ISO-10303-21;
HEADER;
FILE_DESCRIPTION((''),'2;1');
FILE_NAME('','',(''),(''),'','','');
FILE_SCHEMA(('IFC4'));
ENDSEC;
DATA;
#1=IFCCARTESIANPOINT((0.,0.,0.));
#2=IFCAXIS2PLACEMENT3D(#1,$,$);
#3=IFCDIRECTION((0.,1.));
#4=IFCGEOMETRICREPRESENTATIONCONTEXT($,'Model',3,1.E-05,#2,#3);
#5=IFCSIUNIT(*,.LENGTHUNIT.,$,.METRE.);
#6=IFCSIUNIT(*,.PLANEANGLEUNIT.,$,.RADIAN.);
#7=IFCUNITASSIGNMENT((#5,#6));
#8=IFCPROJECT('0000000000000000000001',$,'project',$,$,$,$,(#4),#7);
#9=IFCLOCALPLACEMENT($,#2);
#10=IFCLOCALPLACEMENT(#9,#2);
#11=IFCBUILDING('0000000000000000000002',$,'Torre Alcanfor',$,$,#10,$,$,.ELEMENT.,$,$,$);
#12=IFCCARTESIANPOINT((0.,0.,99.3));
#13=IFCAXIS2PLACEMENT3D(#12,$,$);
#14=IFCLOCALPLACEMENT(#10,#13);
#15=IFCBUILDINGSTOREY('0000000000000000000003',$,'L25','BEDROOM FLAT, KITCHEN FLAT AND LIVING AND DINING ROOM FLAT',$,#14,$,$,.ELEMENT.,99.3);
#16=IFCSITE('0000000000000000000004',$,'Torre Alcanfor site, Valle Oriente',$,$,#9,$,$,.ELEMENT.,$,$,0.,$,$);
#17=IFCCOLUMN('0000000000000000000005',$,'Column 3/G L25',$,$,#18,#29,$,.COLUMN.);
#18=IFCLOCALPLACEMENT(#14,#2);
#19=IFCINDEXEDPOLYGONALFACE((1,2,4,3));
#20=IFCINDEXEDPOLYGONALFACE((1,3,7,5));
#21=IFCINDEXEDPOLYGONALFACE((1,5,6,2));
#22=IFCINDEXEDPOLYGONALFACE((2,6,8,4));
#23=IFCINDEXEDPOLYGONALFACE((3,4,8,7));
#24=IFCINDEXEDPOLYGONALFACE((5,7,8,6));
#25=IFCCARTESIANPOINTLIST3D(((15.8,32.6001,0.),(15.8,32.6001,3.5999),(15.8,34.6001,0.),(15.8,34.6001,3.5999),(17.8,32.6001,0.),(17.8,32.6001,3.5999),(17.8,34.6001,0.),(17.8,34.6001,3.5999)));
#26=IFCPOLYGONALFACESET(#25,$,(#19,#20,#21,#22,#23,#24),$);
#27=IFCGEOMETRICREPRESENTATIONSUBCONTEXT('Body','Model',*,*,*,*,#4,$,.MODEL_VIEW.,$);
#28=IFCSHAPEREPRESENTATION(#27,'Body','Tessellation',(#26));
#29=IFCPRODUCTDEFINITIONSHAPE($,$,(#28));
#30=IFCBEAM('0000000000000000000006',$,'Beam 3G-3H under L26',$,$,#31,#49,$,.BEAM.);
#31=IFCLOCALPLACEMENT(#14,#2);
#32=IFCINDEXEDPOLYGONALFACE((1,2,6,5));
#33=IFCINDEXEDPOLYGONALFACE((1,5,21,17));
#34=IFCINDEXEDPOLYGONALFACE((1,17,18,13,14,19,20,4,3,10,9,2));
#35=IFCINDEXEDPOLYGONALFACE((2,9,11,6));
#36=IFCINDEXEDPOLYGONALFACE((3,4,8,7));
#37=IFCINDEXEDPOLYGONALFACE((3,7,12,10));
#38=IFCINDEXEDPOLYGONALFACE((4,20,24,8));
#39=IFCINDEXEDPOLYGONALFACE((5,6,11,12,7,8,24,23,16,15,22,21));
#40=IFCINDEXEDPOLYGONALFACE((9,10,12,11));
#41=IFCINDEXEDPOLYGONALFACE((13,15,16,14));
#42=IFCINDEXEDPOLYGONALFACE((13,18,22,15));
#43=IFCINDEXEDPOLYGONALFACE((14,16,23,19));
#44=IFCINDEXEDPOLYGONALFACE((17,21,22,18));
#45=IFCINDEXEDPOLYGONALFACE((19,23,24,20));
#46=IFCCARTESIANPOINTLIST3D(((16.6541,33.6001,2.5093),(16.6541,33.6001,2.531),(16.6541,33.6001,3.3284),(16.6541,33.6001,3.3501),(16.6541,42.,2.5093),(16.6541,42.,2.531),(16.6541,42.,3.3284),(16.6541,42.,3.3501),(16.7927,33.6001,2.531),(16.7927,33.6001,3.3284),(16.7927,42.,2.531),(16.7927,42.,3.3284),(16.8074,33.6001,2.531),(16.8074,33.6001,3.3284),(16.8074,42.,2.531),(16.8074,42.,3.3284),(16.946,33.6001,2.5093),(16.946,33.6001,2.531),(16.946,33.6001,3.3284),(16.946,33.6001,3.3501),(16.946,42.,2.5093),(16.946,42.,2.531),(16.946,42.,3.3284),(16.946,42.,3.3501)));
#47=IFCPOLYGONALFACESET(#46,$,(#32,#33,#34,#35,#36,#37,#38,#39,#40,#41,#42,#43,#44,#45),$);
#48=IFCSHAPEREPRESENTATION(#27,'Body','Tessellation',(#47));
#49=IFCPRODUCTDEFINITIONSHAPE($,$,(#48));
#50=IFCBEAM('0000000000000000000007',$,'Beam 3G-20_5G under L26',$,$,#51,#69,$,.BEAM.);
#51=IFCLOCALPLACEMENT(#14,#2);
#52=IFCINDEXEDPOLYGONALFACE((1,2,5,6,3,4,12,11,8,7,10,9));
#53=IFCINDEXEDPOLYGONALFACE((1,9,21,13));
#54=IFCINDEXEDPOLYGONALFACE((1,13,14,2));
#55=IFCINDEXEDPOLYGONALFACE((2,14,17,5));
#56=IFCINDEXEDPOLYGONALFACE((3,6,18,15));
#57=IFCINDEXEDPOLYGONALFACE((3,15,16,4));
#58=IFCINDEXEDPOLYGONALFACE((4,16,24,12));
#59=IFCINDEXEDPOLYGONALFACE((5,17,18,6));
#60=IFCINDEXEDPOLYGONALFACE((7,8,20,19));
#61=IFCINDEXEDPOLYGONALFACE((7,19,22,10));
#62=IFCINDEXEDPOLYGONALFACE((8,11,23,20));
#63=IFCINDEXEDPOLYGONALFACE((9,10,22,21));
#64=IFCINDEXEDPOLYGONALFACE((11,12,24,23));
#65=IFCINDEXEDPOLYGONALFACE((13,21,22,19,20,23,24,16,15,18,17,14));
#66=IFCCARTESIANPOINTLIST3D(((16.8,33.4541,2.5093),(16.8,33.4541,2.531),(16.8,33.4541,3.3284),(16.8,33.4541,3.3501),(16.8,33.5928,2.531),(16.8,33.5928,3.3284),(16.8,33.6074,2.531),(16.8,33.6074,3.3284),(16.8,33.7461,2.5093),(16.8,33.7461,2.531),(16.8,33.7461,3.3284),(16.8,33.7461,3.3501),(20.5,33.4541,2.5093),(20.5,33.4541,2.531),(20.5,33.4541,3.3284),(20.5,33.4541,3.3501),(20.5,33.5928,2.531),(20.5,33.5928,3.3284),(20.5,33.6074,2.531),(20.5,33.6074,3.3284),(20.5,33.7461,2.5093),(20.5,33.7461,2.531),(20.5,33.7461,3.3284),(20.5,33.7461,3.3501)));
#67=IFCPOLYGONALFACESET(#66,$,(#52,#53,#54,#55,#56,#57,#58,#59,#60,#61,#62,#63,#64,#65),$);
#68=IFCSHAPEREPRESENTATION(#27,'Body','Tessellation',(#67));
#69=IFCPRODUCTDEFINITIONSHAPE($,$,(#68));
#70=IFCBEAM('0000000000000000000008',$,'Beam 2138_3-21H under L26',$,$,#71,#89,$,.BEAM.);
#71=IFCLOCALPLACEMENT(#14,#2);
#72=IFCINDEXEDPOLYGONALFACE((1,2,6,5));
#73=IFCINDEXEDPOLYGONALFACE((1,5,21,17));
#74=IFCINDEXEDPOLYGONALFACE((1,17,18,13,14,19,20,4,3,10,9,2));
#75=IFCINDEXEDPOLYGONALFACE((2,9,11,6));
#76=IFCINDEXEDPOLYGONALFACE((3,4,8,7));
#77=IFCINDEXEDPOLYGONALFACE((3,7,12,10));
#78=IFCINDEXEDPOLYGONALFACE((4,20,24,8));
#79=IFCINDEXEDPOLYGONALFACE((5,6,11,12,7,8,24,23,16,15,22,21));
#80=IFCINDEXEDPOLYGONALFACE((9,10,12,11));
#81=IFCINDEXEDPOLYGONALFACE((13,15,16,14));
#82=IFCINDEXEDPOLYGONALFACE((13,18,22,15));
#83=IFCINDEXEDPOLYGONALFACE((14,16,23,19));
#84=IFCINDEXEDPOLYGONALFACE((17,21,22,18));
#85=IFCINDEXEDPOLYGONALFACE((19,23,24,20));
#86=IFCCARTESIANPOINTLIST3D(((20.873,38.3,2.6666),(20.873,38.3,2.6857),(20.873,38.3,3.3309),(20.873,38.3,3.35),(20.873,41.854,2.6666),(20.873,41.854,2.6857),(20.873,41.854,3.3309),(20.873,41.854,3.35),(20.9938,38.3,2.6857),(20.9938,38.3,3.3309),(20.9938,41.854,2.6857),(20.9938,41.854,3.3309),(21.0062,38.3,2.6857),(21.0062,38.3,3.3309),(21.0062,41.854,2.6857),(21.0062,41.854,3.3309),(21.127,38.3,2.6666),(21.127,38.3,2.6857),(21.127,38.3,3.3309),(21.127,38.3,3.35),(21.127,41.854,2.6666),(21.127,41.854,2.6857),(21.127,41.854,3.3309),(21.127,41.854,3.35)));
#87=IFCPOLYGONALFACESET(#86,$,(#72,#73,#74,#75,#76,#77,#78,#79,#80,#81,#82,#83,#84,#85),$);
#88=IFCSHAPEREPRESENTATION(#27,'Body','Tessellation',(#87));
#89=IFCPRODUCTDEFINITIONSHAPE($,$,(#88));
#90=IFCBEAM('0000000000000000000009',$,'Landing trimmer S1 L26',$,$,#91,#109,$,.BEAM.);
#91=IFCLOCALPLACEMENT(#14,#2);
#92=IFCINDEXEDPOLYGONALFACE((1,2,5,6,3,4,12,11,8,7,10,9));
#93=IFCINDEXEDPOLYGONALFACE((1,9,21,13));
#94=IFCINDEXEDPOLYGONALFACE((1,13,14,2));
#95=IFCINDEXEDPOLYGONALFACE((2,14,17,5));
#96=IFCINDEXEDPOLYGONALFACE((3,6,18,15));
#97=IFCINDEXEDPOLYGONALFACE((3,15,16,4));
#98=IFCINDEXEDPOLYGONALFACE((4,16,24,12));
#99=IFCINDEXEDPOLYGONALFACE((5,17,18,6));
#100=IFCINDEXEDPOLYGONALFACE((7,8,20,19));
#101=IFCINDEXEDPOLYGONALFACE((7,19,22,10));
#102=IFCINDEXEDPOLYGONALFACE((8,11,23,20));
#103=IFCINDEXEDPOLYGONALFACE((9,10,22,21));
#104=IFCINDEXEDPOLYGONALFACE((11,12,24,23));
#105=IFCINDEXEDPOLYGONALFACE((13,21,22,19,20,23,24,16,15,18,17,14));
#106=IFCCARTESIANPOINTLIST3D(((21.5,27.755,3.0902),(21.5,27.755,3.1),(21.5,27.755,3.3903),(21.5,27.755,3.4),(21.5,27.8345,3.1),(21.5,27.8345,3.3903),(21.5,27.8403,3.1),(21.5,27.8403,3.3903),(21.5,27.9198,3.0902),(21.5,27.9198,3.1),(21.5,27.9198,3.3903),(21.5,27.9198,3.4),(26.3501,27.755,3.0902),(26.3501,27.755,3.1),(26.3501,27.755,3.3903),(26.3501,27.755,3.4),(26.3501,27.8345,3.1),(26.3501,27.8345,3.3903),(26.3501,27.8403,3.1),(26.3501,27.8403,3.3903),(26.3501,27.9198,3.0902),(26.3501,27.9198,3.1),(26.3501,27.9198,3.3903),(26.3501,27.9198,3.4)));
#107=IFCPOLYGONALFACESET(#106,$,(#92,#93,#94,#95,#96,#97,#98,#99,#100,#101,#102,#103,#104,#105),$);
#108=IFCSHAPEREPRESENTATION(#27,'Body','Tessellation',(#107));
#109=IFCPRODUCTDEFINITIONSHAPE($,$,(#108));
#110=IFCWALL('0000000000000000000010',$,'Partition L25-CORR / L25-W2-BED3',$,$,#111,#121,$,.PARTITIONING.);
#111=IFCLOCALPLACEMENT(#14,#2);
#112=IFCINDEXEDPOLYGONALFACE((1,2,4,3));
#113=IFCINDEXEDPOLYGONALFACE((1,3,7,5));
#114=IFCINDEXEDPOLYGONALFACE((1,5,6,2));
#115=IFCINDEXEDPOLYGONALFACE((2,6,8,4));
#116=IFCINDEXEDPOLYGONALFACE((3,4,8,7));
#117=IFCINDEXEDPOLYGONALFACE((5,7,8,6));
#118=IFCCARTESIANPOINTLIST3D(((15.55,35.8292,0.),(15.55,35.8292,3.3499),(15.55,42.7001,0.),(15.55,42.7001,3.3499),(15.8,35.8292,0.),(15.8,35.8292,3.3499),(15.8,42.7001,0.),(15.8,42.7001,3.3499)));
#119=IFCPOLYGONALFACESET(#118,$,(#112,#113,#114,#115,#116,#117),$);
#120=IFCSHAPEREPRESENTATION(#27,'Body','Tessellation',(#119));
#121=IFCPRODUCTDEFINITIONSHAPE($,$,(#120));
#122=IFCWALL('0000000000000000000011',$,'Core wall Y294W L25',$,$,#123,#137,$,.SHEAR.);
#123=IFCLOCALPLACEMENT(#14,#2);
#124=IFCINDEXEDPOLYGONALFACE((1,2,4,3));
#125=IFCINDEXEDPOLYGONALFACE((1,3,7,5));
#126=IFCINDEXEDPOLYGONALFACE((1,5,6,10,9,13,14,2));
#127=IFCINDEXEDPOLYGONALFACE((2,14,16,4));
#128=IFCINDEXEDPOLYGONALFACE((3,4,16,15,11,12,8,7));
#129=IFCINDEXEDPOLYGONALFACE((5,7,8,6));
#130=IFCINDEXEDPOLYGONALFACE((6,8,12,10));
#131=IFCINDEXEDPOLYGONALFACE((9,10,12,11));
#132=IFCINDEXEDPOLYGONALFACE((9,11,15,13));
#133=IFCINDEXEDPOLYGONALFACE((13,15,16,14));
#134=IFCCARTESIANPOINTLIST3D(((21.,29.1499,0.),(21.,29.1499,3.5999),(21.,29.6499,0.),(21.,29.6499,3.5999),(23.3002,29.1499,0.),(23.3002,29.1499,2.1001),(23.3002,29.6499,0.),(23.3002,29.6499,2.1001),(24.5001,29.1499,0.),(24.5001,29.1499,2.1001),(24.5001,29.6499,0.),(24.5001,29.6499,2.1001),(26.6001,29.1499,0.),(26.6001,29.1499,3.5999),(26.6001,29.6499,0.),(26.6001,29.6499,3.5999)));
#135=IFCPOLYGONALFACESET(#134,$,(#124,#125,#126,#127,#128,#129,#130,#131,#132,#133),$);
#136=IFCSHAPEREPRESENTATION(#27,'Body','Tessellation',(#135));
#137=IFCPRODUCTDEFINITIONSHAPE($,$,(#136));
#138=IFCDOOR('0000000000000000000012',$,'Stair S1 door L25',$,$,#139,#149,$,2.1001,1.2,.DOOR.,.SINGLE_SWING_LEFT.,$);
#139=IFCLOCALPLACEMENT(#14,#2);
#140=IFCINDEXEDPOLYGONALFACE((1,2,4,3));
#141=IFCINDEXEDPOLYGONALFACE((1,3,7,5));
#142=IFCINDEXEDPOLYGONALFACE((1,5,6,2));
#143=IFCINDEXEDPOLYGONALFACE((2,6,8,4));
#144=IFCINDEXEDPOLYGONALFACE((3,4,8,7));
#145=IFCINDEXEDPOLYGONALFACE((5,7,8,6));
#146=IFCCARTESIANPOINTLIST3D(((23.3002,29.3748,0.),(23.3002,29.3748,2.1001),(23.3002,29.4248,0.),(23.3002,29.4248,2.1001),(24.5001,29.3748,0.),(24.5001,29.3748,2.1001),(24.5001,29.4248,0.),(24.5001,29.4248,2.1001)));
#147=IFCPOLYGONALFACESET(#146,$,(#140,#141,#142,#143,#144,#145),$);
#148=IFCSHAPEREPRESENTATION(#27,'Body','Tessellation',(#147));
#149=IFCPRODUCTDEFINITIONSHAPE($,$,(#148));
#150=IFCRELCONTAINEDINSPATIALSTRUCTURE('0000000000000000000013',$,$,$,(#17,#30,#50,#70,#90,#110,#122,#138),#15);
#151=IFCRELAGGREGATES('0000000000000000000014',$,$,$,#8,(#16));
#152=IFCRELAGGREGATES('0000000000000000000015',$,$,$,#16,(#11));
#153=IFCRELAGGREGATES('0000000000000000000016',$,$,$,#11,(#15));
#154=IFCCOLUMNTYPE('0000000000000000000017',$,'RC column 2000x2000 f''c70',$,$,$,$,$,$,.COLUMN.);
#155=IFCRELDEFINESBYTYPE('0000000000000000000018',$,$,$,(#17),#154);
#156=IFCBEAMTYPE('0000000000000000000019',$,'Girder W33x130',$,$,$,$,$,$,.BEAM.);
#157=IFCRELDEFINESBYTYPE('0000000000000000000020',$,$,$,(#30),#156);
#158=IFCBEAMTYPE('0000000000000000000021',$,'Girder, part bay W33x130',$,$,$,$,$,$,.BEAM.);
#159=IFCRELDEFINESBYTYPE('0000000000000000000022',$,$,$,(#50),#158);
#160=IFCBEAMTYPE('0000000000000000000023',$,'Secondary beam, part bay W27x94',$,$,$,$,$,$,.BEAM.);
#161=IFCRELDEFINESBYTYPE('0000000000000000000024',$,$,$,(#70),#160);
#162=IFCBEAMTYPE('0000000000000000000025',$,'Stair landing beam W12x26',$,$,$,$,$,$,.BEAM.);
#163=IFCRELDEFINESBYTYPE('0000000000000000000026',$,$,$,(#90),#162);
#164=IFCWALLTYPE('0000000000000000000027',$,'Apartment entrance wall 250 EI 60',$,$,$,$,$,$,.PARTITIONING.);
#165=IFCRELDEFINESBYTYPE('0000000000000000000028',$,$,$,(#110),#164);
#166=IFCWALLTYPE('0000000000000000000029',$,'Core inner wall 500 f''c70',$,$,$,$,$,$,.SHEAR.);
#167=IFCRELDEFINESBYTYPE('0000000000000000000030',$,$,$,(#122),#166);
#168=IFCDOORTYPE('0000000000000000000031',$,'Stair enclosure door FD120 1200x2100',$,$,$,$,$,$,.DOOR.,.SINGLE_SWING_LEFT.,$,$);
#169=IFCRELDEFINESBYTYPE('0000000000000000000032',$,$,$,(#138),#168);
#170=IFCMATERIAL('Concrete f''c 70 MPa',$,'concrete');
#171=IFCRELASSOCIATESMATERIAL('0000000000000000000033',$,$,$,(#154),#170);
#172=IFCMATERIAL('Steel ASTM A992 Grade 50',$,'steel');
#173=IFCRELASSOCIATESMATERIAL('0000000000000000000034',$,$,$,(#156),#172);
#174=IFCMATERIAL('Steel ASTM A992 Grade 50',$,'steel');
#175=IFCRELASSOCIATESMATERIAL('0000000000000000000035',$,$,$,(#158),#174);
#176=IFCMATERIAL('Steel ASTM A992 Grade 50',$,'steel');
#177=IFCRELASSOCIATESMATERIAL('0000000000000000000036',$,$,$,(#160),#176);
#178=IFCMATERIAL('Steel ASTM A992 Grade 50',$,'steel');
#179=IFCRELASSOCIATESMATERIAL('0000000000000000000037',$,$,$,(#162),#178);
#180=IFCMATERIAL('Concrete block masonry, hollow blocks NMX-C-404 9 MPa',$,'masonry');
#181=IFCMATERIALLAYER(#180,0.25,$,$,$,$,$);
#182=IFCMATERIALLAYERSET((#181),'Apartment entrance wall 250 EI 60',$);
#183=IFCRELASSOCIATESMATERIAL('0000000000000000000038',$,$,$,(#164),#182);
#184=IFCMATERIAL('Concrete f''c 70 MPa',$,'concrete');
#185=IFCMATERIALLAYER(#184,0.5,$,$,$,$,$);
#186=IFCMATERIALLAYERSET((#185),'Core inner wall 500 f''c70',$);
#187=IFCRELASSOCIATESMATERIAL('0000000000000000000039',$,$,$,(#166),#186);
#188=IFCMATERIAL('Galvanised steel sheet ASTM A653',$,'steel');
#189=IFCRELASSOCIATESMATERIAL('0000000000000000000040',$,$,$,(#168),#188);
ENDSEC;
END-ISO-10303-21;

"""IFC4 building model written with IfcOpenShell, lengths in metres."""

from ifc_helpers import new_model, si_unit, direction, frame, frame_2d, origin, origin_2d, place, context, subcontext, project, spatial, rectangle, i_section, extrude, material, layer, layer_set, material_profile, profile_set, type_object, element, fill, save


model = new_model("IFC4")

# Units and contexts
model_context = context("Model", 3, precision=1e-05, world=origin(), true_north=direction((0.0, 1.0)))
body_context = subcontext(model_context, "Body", "Model", "MODEL_VIEW")
ifc_project = project(units=[si_unit("LENGTHUNIT", "METRE"), si_unit("PLANEANGLEUNIT", "RADIAN")], contexts=[model_context])

# Site, building, storey
site_placement = place(None, origin())
site = spatial("IfcSite", under=ifc_project, at=site_placement, Name="Torre Alcanfor site, Valle Oriente", CompositionType="ELEMENT", RefElevation=0.0)
building_placement = place(site_placement, origin())
building = spatial("IfcBuilding", under=site, at=building_placement, Name="Torre Alcanfor", CompositionType="ELEMENT")
storey_placement = place(building_placement, frame((0.0, 0.0, 99.3)))
storey = spatial("IfcBuildingStorey", under=building, at=storey_placement, Name="L25", Description="BEDROOM FLAT, KITCHEN FLAT AND LIVING AND DINING ROOM FLAT", CompositionType="ELEMENT", Elevation=99.3)

# Column
ifc_material_1 = material(Name="Concrete f'c 70 MPa", Category="concrete")
ifc_material_profile_1 = material_profile(ifc_material_1, rectangle(XDim=2.0, YDim=2.0, at=origin_2d()), Name="2000x2000")
ifc_profile_set_1 = profile_set([ifc_material_profile_1], Name="Concrete f'c 70 MPa")
column_type = type_object("IfcColumnType", Name="RC column 2000x2000 f'c70", PredefinedType="COLUMN", material=ifc_profile_set_1)
column_placement = place(storey_placement, frame((16.8, 33.6001, 0.0), z_axis=(0.0, 0.0, 1.0), x_axis=(1.0, 0.0, 0.0)))
element("IfcColumn", 1, at=column_placement, inside=storey, type_object=column_type, Name="Column 3/G L25", PredefinedType="COLUMN", context=body_context, shape_type="SweptSolid", body=[
    extrude(rectangle(XDim=2.0, YDim=2.0, at=origin_2d()), origin(), (0.0, 0.0, 1.0), 3.5999),
])

# Beams
ifc_material_2 = material(Name="Steel ASTM A992 Grade 50", Category="steel")
ifc_material_profile_2 = material_profile(ifc_material_2, i_section(OverallWidth=0.292, OverallDepth=0.8408, WebThickness=0.0146, FlangeThickness=0.0217, at=origin_2d()), Name="W33x130")
ifc_profile_set_2 = profile_set([ifc_material_profile_2], Name="Steel ASTM A992 Grade 50")
beam_type_1 = type_object("IfcBeamType", Name="Girder W33x130", PredefinedType="BEAM", material=ifc_profile_set_2)
beam_1_placement = place(storey_placement, frame((16.8, 33.6001, 2.9297), z_axis=(0.0, 1.0, 0.0), x_axis=(-1.0, 0.0, 0.0)))
element("IfcBeam", 2, at=beam_1_placement, inside=storey, type_object=beam_type_1, Name="Beam 3G-3H under L26", PredefinedType="BEAM", context=body_context, shape_type="SweptSolid", body=[
    extrude(i_section(OverallWidth=0.292, OverallDepth=0.8408, WebThickness=0.0146, FlangeThickness=0.0217, at=origin_2d()), origin(), (0.0, 0.0, 1.0), 8.3999),
])
ifc_material_3 = material(Name="Steel ASTM A992 Grade 50", Category="steel")
ifc_material_profile_3 = material_profile(ifc_material_3, i_section(OverallWidth=0.292, OverallDepth=0.8408, WebThickness=0.0146, FlangeThickness=0.0217, at=origin_2d()), Name="W33x130")
ifc_profile_set_3 = profile_set([ifc_material_profile_3], Name="Steel ASTM A992 Grade 50")
beam_type_2 = type_object("IfcBeamType", Name="Girder, part bay W33x130", PredefinedType="BEAM", material=ifc_profile_set_3)
beam_2_placement = place(storey_placement, frame((16.8, 33.6001, 2.9297), z_axis=(1.0, 0.0, 0.0), x_axis=(0.0, 1.0, 0.0)))
element("IfcBeam", 3, at=beam_2_placement, inside=storey, type_object=beam_type_2, Name="Beam 3G-20_5G under L26", PredefinedType="BEAM", context=body_context, shape_type="SweptSolid", body=[
    extrude(i_section(OverallWidth=0.292, OverallDepth=0.8408, WebThickness=0.0146, FlangeThickness=0.0217, at=origin_2d()), origin(), (0.0, 0.0, 1.0), 3.7),
])
ifc_material_4 = material(Name="Steel ASTM A992 Grade 50", Category="steel")
ifc_material_profile_4 = material_profile(ifc_material_4, i_section(OverallWidth=0.2539, OverallDepth=0.6833, WebThickness=0.0125, FlangeThickness=0.019, at=origin_2d()), Name="W27x94")
ifc_profile_set_4 = profile_set([ifc_material_profile_4], Name="Steel ASTM A992 Grade 50")
beam_type_3 = type_object("IfcBeamType", Name="Secondary beam, part bay W27x94", PredefinedType="BEAM", material=ifc_profile_set_4)
beam_3_placement = place(storey_placement, frame((21.0, 38.3, 3.0083), z_axis=(0.0, 1.0, 0.0), x_axis=(-1.0, 0.0, 0.0)))
element("IfcBeam", 4, at=beam_3_placement, inside=storey, type_object=beam_type_3, Name="Beam 2138_3-21H under L26", PredefinedType="BEAM", context=body_context, shape_type="SweptSolid", body=[
    extrude(i_section(OverallWidth=0.2539, OverallDepth=0.6833, WebThickness=0.0125, FlangeThickness=0.019, at=origin_2d()), origin(), (0.0, 0.0, 1.0), 3.554),
])
ifc_material_5 = material(Name="Steel ASTM A992 Grade 50", Category="steel")
ifc_material_profile_5 = material_profile(ifc_material_5, i_section(OverallWidth=0.1648, OverallDepth=0.3098, WebThickness=0.0059, FlangeThickness=0.0098, at=origin_2d()), Name="W12x26")
ifc_profile_set_5 = profile_set([ifc_material_profile_5], Name="Steel ASTM A992 Grade 50")
beam_type_4 = type_object("IfcBeamType", Name="Stair landing beam W12x26", PredefinedType="BEAM", material=ifc_profile_set_5)
beam_4_placement = place(storey_placement, frame((21.5, 27.8374, 3.2451), z_axis=(1.0, 0.0, 0.0), x_axis=(0.0, 1.0, 0.0)))
element("IfcBeam", 5, at=beam_4_placement, inside=storey, type_object=beam_type_4, Name="Landing trimmer S1 L26", PredefinedType="BEAM", context=body_context, shape_type="SweptSolid", body=[
    extrude(i_section(OverallWidth=0.1648, OverallDepth=0.3098, WebThickness=0.0059, FlangeThickness=0.0098, at=origin_2d()), origin(), (0.0, 0.0, 1.0), 4.8501),
])

# Wall
ifc_material_6 = material(Name="Concrete block masonry, hollow blocks NMX-C-404 9 MPa", Category="masonry")
ifc_layer_1 = layer(ifc_material_6, 0.25)
ifc_layer_set_1 = layer_set([ifc_layer_1], Name="Apartment entrance wall 250 EI 60")
wall_type_1 = type_object("IfcWallType", Name="Apartment entrance wall 250 EI 60", PredefinedType="PARTITIONING", material=ifc_layer_set_1)
wall_1_placement = place(storey_placement, frame((15.675, 35.8291, 0.0), z_axis=(0.0, 0.0, 1.0), x_axis=(0.0, 1.0, 0.0)))
element("IfcWall", 6, at=wall_1_placement, inside=storey, type_object=wall_type_1, Name="Partition L25-CORR / L25-W2-BED3", PredefinedType="PARTITIONING", context=body_context, shape_type="SweptSolid", body=[
    extrude(rectangle(XDim=6.8708, YDim=0.25, at=frame_2d((3.4355, 0.0))), origin(), (0.0, 0.0, 1.0), 3.3499),
])

# Wall, opening, door
ifc_material_7 = material(Name="Concrete f'c 70 MPa", Category="concrete")
ifc_layer_2 = layer(ifc_material_7, 0.5)
ifc_layer_set_2 = layer_set([ifc_layer_2], Name="Core inner wall 500 f'c70")
wall_type_2 = type_object("IfcWallType", Name="Core inner wall 500 f'c70", PredefinedType="SHEAR", material=ifc_layer_set_2)
wall_2_placement = place(storey_placement, frame((21.0, 29.3999, 0.0), z_axis=(0.0, 0.0, 1.0), x_axis=(1.0, 0.0, 0.0)))
wall_2 = element("IfcWall", 7, at=wall_2_placement, inside=storey, type_object=wall_type_2, Name="Core wall Y294W L25", PredefinedType="SHEAR", context=body_context, shape_type="SweptSolid", body=[
    extrude(rectangle(XDim=5.6001, YDim=0.5, at=frame_2d((2.8, 0.0))), origin(), (0.0, 0.0, 1.0), 3.5999),
])
opening_1_placement = place(wall_2_placement, frame((2.3, 0.0, 0.0)))
opening_1 = element("IfcOpeningElement", 8, at=opening_1_placement, cuts=wall_2, PredefinedType="OPENING", context=body_context, shape_type="SweptSolid", body=[
    extrude(rectangle(XDim=1.2, YDim=2.1001, at=frame_2d((0.6001, 1.05))), frame((0.0, 0.26, 0.0), z_axis=(0.0, -1.0, 0.0), x_axis=(1.0, 0.0, 0.0)), (0.0, 0.0, 1.0), 0.52),
])
ifc_material_8 = material(Name="Galvanised steel sheet ASTM A653", Category="steel")
door_type_1 = type_object("IfcDoorType", Name="Stair enclosure door FD120 1200x2100", OperationType="SINGLE_SWING_LEFT", PredefinedType="DOOR", material=ifc_material_8)
door_1_placement = place(opening_1_placement, frame((1.2, 0.0, 0.0), z_axis=(0.0, 0.0, 1.0), x_axis=(-1.0, 0.0, 0.0)))
door_1 = element("IfcDoor", 9, at=door_1_placement, inside=storey, type_object=door_type_1, Name="Stair S1 door L25", OperationType="SINGLE_SWING_LEFT", OverallHeight=2.1001, OverallWidth=1.2, PredefinedType="DOOR", context=body_context, shape_type="SweptSolid", body=[
    extrude(rectangle(XDim=1.2, YDim=2.1001, at=frame_2d((0.5999, 1.05))), frame((0.0, 0.0251, 0.0), z_axis=(0.0, -1.0, 0.0), x_axis=(1.0, 0.0, 0.0)), (0.0, 0.0, 1.0), 0.05),
])
fill(opening_1, door_1)

save(model, "model.ifc")
